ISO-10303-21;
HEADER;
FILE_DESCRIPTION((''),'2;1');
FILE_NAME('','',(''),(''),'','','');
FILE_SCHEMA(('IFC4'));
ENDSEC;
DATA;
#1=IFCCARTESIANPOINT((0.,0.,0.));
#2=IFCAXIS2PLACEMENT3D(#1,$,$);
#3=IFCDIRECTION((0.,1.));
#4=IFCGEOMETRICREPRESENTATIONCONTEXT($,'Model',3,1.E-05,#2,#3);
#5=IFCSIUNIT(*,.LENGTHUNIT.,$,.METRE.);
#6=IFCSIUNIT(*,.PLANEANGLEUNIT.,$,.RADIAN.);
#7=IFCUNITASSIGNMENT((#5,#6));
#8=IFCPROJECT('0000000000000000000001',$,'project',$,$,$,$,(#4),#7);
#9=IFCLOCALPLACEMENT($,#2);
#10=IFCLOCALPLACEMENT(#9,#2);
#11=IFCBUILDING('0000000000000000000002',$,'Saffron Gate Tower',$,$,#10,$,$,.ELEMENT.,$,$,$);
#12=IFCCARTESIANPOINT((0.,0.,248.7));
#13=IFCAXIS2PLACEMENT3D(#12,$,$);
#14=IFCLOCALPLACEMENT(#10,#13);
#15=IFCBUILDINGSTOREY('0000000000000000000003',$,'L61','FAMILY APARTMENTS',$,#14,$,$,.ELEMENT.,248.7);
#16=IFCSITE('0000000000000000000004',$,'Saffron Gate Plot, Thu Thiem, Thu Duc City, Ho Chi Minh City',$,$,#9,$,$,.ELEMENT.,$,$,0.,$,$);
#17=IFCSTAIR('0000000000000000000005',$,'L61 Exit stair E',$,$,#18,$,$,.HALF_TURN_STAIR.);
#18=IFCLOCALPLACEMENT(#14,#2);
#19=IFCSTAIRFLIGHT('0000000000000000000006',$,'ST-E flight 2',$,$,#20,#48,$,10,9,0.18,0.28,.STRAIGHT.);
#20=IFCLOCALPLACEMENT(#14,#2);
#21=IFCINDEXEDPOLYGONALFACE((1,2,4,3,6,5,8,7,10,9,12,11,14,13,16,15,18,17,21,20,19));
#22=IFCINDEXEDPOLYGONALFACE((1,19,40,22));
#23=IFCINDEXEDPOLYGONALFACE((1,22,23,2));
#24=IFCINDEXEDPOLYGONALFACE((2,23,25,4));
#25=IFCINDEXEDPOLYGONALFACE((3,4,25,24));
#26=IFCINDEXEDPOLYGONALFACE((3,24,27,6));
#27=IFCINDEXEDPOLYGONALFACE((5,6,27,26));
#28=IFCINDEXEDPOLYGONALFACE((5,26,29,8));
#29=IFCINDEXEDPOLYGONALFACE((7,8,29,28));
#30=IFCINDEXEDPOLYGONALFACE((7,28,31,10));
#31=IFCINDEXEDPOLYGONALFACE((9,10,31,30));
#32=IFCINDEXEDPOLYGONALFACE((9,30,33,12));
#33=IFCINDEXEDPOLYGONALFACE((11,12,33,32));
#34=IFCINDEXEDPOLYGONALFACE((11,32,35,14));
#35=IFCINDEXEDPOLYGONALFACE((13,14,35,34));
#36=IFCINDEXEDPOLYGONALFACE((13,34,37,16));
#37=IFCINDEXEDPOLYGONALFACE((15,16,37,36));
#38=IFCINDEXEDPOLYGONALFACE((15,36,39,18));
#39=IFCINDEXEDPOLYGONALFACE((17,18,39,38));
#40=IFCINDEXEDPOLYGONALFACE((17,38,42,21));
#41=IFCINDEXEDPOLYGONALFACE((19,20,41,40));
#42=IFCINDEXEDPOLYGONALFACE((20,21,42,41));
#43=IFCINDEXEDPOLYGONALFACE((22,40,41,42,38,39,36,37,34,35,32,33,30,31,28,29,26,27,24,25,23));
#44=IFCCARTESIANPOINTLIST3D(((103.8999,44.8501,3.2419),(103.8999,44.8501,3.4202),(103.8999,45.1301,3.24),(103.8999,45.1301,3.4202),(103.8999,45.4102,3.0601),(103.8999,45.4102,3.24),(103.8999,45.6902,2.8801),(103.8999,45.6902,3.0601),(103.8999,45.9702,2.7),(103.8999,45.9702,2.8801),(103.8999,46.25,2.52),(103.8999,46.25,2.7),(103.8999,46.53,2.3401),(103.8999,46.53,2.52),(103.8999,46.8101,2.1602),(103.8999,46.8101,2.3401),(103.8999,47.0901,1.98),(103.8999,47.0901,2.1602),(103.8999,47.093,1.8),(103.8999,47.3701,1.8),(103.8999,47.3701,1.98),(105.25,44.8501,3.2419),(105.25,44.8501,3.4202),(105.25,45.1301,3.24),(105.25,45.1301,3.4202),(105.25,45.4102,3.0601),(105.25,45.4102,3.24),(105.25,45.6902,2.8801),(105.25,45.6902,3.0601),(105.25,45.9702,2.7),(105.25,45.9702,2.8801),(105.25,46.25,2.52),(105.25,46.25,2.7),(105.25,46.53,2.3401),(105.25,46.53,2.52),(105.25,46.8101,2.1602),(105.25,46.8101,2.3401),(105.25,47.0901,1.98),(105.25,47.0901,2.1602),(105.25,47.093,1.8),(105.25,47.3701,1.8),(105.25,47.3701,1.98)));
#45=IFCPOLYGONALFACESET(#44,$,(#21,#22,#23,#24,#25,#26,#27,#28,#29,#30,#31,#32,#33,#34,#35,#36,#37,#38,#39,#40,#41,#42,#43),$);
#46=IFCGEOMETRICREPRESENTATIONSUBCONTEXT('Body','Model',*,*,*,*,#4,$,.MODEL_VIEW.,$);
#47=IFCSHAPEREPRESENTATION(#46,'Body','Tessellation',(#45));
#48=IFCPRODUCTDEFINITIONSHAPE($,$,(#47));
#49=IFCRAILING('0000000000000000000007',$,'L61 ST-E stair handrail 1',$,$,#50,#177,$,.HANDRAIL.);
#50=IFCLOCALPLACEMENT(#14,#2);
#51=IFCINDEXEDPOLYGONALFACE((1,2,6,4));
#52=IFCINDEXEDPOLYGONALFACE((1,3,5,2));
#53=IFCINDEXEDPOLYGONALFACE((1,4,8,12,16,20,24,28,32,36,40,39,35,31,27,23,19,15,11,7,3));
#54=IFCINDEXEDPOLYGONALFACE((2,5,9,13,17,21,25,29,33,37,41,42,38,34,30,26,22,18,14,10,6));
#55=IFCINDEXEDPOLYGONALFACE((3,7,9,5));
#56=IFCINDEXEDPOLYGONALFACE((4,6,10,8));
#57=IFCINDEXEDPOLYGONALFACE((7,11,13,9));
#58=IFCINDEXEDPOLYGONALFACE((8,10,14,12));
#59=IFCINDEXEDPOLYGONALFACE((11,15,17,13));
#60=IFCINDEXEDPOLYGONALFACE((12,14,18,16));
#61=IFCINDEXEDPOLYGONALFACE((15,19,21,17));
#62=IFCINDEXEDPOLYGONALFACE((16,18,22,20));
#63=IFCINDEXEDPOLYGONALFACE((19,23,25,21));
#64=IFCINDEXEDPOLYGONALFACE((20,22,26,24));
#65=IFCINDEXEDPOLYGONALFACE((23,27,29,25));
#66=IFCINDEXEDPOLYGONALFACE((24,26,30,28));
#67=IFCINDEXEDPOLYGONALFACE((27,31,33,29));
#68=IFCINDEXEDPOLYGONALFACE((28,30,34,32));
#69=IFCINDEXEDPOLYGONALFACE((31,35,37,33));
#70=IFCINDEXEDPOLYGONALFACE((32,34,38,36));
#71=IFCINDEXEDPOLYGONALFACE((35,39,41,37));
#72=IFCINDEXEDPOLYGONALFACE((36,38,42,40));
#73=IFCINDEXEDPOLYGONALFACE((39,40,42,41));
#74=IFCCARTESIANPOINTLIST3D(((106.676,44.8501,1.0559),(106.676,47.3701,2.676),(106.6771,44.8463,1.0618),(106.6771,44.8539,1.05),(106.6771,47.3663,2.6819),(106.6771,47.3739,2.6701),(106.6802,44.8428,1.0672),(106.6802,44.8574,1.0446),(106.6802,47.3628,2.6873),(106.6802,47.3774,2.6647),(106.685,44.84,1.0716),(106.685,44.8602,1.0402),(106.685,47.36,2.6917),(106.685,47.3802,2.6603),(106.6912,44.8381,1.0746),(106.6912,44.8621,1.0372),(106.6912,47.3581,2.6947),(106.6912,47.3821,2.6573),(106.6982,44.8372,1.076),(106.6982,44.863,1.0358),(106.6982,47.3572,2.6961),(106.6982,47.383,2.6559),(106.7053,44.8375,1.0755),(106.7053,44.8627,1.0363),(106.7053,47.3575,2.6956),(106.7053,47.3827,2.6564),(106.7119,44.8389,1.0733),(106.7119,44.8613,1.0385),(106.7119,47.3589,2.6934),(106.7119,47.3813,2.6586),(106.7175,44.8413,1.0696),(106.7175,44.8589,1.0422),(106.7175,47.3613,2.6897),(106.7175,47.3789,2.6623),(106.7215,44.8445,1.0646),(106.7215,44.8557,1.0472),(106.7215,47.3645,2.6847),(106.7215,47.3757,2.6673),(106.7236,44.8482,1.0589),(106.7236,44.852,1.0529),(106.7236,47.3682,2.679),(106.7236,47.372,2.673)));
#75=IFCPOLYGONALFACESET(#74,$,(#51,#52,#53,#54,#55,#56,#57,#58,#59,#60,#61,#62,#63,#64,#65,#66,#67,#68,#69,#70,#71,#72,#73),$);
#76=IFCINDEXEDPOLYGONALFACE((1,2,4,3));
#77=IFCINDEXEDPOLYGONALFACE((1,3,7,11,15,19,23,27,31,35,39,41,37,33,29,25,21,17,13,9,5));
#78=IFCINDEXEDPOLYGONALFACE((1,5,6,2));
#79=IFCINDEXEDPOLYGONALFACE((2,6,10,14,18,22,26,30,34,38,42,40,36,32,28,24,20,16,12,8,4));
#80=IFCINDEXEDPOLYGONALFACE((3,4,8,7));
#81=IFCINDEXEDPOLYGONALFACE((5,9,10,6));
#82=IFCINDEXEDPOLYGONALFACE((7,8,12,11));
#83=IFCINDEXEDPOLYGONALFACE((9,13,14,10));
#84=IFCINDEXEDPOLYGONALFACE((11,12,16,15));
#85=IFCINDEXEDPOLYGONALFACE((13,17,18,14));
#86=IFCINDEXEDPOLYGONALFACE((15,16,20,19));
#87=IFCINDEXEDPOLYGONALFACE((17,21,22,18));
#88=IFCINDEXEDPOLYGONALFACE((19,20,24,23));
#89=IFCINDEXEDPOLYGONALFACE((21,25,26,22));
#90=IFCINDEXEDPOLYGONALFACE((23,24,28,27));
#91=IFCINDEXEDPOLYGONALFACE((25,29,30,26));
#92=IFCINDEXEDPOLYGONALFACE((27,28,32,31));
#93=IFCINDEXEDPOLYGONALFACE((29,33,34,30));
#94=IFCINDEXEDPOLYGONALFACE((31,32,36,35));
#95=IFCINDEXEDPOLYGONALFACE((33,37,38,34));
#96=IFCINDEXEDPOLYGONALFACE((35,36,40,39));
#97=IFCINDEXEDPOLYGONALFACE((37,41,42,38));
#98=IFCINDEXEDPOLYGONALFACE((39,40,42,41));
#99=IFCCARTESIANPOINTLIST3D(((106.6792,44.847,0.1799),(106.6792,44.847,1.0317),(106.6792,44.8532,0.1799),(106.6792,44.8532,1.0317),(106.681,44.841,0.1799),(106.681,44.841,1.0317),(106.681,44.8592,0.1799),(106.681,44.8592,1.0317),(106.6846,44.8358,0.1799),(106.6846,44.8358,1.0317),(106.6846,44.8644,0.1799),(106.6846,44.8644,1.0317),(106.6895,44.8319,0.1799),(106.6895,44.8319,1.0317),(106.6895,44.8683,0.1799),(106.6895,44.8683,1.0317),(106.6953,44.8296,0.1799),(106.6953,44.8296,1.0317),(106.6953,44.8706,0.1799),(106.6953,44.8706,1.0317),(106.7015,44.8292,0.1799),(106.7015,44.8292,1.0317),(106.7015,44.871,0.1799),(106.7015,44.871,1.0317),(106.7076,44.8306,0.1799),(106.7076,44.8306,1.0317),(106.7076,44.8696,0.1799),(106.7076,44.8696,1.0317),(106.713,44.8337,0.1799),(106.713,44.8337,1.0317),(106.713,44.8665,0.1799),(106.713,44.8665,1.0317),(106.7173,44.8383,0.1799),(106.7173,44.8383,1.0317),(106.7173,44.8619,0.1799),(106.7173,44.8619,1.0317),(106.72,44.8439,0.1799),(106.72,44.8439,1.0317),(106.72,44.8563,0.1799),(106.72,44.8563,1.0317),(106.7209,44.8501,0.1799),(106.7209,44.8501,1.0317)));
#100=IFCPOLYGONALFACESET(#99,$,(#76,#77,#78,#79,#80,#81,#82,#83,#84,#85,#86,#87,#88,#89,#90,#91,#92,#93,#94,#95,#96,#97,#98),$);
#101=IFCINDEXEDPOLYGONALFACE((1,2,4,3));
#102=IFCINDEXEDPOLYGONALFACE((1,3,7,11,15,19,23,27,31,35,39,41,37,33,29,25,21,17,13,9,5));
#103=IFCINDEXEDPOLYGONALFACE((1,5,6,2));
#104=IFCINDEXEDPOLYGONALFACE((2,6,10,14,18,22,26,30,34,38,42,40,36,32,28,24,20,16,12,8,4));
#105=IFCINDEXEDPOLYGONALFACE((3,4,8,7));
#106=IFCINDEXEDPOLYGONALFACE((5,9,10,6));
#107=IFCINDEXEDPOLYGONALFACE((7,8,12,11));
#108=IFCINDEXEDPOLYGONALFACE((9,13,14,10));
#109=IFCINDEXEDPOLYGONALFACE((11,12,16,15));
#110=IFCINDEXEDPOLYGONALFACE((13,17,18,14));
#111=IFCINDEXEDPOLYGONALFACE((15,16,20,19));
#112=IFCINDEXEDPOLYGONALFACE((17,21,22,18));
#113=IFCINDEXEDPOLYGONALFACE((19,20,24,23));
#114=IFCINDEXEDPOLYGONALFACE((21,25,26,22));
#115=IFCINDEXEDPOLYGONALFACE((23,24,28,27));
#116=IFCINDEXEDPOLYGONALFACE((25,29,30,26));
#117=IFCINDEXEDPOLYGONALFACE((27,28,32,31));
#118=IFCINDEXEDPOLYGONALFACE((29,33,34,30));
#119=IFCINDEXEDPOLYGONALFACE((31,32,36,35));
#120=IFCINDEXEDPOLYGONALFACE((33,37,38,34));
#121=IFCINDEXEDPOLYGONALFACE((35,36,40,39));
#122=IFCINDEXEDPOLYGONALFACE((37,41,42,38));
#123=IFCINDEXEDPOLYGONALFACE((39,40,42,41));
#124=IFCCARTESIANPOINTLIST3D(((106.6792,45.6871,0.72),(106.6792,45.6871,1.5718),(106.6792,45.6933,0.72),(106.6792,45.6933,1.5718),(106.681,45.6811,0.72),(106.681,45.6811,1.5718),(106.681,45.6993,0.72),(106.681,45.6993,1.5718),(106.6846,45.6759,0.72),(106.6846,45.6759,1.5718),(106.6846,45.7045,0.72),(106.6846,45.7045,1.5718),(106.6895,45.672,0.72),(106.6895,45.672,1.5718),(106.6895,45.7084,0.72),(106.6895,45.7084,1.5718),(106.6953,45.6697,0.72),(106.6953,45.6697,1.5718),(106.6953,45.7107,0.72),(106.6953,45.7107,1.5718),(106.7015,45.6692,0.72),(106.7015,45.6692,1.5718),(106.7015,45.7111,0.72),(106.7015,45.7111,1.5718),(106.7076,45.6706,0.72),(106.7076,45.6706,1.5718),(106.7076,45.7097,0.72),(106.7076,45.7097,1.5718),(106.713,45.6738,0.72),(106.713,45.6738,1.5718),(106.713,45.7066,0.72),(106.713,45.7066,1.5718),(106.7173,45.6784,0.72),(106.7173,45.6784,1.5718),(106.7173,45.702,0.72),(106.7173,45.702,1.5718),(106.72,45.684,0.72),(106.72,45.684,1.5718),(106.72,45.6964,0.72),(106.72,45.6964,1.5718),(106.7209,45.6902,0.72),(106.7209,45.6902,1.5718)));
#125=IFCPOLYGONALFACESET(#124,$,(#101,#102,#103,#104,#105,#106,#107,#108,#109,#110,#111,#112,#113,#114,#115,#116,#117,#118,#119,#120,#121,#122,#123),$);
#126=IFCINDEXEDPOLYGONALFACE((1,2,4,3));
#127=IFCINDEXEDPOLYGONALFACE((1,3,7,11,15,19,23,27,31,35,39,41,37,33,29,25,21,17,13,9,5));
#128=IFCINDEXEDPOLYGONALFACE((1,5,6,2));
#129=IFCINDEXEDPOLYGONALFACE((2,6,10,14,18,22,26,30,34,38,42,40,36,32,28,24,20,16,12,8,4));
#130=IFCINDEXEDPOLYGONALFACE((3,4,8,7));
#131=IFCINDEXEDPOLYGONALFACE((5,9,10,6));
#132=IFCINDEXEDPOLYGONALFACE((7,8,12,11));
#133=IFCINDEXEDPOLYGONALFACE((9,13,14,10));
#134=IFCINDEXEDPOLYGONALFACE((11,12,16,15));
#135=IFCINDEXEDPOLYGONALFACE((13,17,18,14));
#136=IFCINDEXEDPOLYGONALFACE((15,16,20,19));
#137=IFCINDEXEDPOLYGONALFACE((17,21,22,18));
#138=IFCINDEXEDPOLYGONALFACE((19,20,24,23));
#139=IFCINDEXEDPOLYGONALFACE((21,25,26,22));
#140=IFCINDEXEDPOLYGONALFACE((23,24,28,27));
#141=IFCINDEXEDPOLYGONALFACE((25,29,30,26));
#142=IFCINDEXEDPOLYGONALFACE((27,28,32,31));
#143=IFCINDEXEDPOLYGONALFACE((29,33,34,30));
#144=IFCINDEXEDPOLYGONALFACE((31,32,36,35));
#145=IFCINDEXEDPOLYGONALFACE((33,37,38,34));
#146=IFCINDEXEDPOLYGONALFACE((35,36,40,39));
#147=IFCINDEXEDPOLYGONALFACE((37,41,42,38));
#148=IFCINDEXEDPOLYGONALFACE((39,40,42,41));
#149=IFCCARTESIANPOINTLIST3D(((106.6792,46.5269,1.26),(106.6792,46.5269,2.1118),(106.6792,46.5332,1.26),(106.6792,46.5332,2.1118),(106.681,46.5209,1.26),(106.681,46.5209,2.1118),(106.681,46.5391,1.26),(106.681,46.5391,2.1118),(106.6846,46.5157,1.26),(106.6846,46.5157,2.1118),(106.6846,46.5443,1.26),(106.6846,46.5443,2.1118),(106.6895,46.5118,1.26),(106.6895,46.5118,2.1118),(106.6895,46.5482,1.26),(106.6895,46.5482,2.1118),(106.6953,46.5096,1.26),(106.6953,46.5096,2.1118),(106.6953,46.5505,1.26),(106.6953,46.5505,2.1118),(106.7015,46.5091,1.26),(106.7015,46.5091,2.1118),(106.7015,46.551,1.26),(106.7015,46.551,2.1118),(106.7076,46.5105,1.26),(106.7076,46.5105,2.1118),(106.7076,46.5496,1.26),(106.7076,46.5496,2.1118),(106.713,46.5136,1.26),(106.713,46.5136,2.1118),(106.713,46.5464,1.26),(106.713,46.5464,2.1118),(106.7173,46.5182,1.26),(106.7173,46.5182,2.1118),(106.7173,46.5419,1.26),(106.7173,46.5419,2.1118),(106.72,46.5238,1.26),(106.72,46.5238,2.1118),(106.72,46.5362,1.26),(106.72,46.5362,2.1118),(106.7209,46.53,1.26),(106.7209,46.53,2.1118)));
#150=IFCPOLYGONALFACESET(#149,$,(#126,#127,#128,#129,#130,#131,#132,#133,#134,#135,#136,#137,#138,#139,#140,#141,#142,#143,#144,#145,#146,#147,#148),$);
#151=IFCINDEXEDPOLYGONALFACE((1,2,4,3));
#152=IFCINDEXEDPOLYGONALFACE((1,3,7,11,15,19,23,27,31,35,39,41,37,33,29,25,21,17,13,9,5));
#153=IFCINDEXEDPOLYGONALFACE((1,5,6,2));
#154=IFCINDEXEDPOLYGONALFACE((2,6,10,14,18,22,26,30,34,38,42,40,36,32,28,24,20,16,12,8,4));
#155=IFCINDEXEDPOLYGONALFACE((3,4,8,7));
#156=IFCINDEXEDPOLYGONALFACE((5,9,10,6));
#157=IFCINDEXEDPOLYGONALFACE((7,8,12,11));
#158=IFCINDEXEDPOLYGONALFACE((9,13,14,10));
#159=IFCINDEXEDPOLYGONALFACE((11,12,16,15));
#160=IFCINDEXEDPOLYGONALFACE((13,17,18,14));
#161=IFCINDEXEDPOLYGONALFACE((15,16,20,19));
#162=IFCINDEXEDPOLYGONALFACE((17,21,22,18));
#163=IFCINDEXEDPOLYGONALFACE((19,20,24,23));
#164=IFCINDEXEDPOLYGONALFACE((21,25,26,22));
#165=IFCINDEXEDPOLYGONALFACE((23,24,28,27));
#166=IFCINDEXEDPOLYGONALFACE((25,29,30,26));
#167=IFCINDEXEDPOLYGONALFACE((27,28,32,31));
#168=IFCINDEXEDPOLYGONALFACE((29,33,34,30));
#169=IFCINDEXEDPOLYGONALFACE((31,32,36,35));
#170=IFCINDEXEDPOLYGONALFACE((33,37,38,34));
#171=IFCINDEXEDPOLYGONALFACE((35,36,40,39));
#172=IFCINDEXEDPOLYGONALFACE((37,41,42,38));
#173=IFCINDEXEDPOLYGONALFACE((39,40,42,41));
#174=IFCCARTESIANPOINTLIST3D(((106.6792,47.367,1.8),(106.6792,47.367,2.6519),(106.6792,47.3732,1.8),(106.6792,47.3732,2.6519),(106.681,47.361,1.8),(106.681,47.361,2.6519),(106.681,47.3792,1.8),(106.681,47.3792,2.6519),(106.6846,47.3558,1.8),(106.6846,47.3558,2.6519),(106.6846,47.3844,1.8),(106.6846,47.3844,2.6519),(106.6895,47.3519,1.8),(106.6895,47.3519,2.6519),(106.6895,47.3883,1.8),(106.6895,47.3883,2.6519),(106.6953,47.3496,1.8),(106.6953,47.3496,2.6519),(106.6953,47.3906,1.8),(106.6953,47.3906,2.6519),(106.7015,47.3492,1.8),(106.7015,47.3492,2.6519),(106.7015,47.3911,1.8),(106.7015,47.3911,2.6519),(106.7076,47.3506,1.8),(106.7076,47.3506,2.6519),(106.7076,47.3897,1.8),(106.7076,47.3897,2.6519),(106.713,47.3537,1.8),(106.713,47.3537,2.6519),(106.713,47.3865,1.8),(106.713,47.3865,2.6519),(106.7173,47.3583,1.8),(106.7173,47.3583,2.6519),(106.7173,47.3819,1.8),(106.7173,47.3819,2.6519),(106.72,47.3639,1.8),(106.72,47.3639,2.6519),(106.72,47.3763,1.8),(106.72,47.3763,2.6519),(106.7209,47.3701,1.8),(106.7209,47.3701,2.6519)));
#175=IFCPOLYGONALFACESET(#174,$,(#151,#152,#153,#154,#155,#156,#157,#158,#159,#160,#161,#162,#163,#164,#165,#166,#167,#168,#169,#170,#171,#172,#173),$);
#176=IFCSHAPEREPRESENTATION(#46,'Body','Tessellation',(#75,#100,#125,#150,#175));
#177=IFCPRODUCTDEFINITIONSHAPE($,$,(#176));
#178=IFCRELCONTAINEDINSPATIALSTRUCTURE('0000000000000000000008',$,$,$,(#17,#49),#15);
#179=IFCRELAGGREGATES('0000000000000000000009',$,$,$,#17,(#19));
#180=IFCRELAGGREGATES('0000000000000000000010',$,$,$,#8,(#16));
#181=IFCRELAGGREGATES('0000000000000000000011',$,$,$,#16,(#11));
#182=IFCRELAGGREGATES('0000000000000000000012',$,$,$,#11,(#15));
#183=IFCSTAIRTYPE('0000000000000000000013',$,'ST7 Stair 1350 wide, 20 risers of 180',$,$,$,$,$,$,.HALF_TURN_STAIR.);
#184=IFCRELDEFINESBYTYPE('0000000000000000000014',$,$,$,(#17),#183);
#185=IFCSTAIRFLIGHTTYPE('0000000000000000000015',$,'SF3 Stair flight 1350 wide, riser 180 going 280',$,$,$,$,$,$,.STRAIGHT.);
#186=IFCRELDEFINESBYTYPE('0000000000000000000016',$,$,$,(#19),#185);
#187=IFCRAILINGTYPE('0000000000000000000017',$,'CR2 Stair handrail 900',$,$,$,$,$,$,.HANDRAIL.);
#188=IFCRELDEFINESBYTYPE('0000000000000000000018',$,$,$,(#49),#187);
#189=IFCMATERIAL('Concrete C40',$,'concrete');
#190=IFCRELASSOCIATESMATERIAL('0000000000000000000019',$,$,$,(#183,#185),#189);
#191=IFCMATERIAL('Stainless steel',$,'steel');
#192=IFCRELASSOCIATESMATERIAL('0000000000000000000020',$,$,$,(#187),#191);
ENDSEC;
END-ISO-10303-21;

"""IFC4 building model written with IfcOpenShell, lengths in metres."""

from ifc_helpers import new_model, si_unit, direction, frame, origin, origin_2d, place, context, subcontext, project, spatial, polyline, circle, outline, extrude, material, type_object, element, aggregate, save


model = new_model("IFC4")

# Units and contexts
model_context = context("Model", 3, precision=1e-05, world=origin(), true_north=direction((0.0, 1.0)))
body_context = subcontext(model_context, "Body", "Model", "MODEL_VIEW")
ifc_project = project(units=[si_unit("LENGTHUNIT", "METRE"), si_unit("PLANEANGLEUNIT", "RADIAN")], contexts=[model_context])

# Site, building, storey
site_placement = place(None, origin())
site = spatial("IfcSite", under=ifc_project, at=site_placement, Name="Saffron Gate Plot, Thu Thiem, Thu Duc City, Ho Chi Minh City", CompositionType="ELEMENT", RefElevation=0.0)
building_placement = place(site_placement, origin())
building = spatial("IfcBuilding", under=site, at=building_placement, Name="Saffron Gate Tower", CompositionType="ELEMENT")
storey_placement = place(building_placement, frame((0.0, 0.0, 248.7)))
storey = spatial("IfcBuildingStorey", under=building, at=storey_placement, Name="L61", Description="FAMILY APARTMENTS", CompositionType="ELEMENT", Elevation=248.7)

# Stair, stair flight
ifc_material_1 = material(Name="Concrete C40", Category="concrete")
stair_type = type_object("IfcStairType", Name="ST7 Stair 1350 wide, 20 risers of 180", PredefinedType="HALF_TURN_STAIR", material=ifc_material_1)
stair_placement = place(storey_placement, origin())
stair = element("IfcStair", 1, at=stair_placement, inside=storey, type_object=stair_type, Name="L61 Exit stair E", PredefinedType="HALF_TURN_STAIR")
stair_flight_type = type_object("IfcStairFlightType", Name="SF3 Stair flight 1350 wide, riser 180 going 280", PredefinedType="STRAIGHT", material=ifc_material_1)
stair_flight_1_placement = place(storey_placement, frame((104.575, 47.3701, 1.8), z_axis=(0.0, 0.0, 1.0), x_axis=(0.0, -1.0, 0.0)))
stair_flight_1 = element("IfcStairFlight", 2, at=stair_flight_1_placement, type_object=stair_flight_type, Name="ST-E flight 2", NumberOfRisers=10, NumberOfTreads=9, PredefinedType="STRAIGHT", RiserHeight=0.18, TreadLength=0.28, context=body_context, shape_type="SweptSolid", body=[
    extrude(outline(polyline([(0.0, 0.0), (0.0, 0.1799), (0.28, 0.1799), (0.28, 0.3601), (0.5601, 0.3601), (0.5601, 0.54), (0.8401, 0.54), (0.8401, 0.72), (1.1201, 0.72), (1.1201, 0.8999), (1.3999, 0.8999), (1.3999, 1.0801), (1.6799, 1.0801), (1.6799, 1.26), (1.96, 1.26), (1.96, 1.4399), (2.24, 1.4399), (2.24, 1.6201), (2.52, 1.6201), (2.52, 1.8), (2.52, 1.4419), (0.2771, 0.0), (0.0, 0.0)])), frame((0.0, 0.675, 0.0), z_axis=(0.0, -1.0, 0.0), x_axis=(1.0, 0.0, 0.0)), (0.0, 0.0, 1.0), 1.3501),
])
aggregate(stair, [stair_flight_1])

# Railing
ifc_material_2 = material(Name="Stainless steel", Category="steel")
railing_type_1 = type_object("IfcRailingType", Name="CR2 Stair handrail 900", PredefinedType="HANDRAIL", material=ifc_material_2)
railing_1_placement = place(storey_placement, frame((106.7, 44.8501, 0.1799)))
element("IfcRailing", 3, at=railing_1_placement, inside=storey, type_object=railing_type_1, Name="L61 ST-E stair handrail 1", PredefinedType="HANDRAIL", context=body_context, shape_type="SweptSolid", body=[
    extrude(circle(Radius=0.0239, at=origin_2d()), frame((0.0, 0.0, 0.876), z_axis=(0.0, 0.841163, 0.540782), x_axis=(-1.0, 0.0, 0.0)), (0.0, 0.0, 1.0), 2.9958),
    extrude(circle(Radius=0.021, at=origin_2d()), origin(), (0.0, 0.0, 1.0), 0.8518),
    extrude(circle(Radius=0.021, at=origin_2d()), frame((0.0, 0.8401, 0.54)), (0.0, 0.0, 1.0), 0.8518),
    extrude(circle(Radius=0.021, at=origin_2d()), frame((0.0, 1.6799, 1.0801)), (0.0, 0.0, 1.0), 0.8518),
    extrude(circle(Radius=0.021, at=origin_2d()), frame((0.0, 2.52, 1.6201)), (0.0, 0.0, 1.0), 0.8518),
])

save(model, "model.ifc")
